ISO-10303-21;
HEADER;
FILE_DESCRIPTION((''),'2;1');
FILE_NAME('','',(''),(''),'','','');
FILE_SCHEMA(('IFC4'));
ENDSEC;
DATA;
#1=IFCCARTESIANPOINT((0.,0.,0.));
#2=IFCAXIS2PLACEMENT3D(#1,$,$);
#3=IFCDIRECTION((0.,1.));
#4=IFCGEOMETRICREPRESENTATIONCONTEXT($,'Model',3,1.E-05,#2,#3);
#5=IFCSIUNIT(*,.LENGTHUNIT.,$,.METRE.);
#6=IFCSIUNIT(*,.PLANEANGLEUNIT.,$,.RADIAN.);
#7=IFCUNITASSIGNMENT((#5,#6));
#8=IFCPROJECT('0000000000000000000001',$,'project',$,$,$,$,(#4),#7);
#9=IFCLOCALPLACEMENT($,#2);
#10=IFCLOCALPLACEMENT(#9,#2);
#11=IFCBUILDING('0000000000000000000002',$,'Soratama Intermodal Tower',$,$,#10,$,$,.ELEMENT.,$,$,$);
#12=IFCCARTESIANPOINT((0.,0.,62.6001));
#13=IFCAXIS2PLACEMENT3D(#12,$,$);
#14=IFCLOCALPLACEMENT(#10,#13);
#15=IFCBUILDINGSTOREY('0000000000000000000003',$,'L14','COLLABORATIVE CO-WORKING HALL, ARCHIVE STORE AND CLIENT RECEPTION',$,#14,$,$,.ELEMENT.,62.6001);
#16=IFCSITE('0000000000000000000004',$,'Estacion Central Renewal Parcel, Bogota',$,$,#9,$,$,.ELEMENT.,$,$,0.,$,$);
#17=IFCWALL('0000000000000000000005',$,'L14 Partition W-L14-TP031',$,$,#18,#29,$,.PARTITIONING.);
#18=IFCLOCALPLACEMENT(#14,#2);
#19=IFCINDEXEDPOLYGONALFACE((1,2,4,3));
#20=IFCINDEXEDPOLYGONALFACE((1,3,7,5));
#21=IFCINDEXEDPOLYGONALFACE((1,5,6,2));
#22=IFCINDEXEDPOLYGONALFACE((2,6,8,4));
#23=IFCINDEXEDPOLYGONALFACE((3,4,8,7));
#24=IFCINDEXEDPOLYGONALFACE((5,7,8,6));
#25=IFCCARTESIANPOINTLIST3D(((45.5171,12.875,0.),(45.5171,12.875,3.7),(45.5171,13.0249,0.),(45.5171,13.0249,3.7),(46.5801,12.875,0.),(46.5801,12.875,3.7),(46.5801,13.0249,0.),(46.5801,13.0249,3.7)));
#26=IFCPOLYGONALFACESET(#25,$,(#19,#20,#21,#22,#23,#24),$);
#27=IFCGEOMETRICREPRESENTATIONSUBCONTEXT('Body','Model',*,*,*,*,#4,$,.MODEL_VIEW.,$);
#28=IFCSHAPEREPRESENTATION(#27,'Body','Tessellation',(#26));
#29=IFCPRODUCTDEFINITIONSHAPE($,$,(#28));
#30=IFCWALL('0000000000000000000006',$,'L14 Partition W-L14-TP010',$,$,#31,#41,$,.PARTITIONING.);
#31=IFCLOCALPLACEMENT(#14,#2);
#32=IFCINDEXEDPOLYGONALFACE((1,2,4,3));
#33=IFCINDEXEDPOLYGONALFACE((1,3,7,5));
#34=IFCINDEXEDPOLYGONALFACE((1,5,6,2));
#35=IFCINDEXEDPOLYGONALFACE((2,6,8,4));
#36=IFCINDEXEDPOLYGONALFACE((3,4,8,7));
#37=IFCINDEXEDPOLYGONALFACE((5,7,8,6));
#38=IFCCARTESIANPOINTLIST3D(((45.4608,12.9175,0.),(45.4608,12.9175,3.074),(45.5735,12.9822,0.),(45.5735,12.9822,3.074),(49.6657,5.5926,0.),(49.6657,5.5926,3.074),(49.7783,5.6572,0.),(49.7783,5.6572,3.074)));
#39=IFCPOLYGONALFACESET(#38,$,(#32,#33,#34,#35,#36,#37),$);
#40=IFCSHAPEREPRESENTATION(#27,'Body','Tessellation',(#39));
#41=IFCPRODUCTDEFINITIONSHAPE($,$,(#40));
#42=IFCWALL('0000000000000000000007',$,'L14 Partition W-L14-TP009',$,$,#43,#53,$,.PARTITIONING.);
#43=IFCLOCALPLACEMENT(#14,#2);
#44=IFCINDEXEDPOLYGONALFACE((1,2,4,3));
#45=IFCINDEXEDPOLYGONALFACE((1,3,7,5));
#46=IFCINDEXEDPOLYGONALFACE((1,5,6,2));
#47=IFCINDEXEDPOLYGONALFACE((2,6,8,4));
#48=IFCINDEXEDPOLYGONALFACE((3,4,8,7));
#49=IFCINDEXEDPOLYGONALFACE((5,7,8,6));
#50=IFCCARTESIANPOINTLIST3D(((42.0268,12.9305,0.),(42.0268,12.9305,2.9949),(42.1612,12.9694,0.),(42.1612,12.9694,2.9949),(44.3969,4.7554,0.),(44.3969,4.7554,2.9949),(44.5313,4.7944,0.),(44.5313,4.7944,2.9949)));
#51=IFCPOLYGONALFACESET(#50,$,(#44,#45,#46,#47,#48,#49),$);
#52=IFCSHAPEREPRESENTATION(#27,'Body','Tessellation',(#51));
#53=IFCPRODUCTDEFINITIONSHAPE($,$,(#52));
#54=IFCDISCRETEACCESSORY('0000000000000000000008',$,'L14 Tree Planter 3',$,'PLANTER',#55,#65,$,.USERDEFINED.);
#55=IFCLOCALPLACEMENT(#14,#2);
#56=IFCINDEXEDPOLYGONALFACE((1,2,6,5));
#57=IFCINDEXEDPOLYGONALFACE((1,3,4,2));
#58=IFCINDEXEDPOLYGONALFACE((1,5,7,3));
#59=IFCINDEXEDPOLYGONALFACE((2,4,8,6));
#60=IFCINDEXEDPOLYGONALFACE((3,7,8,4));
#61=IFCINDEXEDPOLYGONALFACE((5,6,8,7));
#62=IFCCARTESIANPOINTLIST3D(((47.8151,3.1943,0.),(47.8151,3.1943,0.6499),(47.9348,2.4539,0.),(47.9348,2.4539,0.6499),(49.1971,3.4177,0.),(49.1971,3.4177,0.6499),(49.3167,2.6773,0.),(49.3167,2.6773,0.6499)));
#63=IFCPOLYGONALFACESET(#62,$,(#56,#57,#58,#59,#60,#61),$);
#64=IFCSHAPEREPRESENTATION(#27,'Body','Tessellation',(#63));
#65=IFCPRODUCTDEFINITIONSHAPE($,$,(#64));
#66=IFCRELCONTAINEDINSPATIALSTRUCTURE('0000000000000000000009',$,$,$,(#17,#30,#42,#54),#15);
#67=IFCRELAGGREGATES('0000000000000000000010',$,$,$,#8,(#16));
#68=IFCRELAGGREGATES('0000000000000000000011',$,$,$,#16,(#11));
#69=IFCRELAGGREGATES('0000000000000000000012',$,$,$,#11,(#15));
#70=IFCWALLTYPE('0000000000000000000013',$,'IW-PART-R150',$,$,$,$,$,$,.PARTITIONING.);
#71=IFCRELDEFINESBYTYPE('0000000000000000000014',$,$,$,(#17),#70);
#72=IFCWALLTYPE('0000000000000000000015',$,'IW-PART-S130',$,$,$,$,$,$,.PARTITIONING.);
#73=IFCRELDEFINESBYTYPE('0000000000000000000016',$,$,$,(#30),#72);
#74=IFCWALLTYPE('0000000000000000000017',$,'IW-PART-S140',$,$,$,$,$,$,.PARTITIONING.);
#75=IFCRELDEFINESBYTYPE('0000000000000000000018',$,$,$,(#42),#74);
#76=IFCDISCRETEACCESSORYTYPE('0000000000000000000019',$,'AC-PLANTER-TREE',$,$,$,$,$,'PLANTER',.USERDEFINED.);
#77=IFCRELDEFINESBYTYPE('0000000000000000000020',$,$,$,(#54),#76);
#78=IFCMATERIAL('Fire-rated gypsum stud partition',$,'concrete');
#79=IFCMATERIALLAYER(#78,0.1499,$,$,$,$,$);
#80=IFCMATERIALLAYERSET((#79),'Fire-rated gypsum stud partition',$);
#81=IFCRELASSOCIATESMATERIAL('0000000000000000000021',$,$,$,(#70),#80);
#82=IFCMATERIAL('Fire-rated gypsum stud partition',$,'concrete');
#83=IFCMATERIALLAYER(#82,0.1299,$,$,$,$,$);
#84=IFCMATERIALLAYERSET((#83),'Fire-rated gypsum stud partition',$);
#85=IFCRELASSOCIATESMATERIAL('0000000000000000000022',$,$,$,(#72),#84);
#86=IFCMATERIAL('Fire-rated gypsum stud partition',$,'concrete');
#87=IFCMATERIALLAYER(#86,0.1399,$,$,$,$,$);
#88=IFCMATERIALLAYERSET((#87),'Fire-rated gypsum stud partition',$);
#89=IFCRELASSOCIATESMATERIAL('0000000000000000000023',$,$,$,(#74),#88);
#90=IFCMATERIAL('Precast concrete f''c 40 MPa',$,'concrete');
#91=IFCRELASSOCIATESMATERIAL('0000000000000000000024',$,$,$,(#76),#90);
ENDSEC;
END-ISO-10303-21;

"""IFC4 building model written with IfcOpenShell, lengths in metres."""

from ifc_helpers import new_model, si_unit, direction, frame, frame_2d, origin, origin_2d, place, context, subcontext, project, spatial, rectangle, extrude, material, layer, layer_set, type_object, element, save


model = new_model("IFC4")

# Units and contexts
model_context = context("Model", 3, precision=1e-05, world=origin(), true_north=direction((0.0, 1.0)))
body_context = subcontext(model_context, "Body", "Model", "MODEL_VIEW")
ifc_project = project(units=[si_unit("LENGTHUNIT", "METRE"), si_unit("PLANEANGLEUNIT", "RADIAN")], contexts=[model_context])

# Site, building, storey
site_placement = place(None, origin())
site = spatial("IfcSite", under=ifc_project, at=site_placement, Name="Estacion Central Renewal Parcel, Bogota", CompositionType="ELEMENT", RefElevation=0.0)
building_placement = place(site_placement, origin())
building = spatial("IfcBuilding", under=site, at=building_placement, Name="Soratama Intermodal Tower", CompositionType="ELEMENT")
storey_placement = place(building_placement, frame((0.0, 0.0, 62.6001)))
storey = spatial("IfcBuildingStorey", under=building, at=storey_placement, Name="L14", Description="COLLABORATIVE CO-WORKING HALL, ARCHIVE STORE AND CLIENT RECEPTION", CompositionType="ELEMENT", Elevation=62.6001)

# Shared definitions
ifc_material_1 = material(Name="Fire-rated gypsum stud partition", Category="concrete")
ifc_layer_1 = layer(ifc_material_1, 0.1499)
ifc_layer_set_1 = layer_set([ifc_layer_1], Name="Fire-rated gypsum stud partition")
wall_type_1 = type_object("IfcWallType", Name="IW-PART-R150", PredefinedType="PARTITIONING", material=ifc_layer_set_1)

# Walls
wall_1_placement = place(storey_placement, frame((46.5801, 12.95, 0.0), z_axis=(0.0, 0.0, 1.0), x_axis=(-1.0, 0.0, 0.0)))
element("IfcWall", 1, at=wall_1_placement, inside=storey, type_object=wall_type_1, Name="L14 Partition W-L14-TP031", PredefinedType="PARTITIONING", context=body_context, shape_type="SweptSolid", body=[
    extrude(rectangle(XDim=1.063, YDim=0.1499, at=frame_2d((0.5315, 0.0))), origin(), (0.0, 0.0, 1.0), 3.7),
])
ifc_material_2 = material(Name="Fire-rated gypsum stud partition", Category="concrete")
ifc_layer_2 = layer(ifc_material_2, 0.1299)
ifc_layer_set_2 = layer_set([ifc_layer_2], Name="Fire-rated gypsum stud partition")
wall_type_2 = type_object("IfcWallType", Name="IW-PART-S130", PredefinedType="PARTITIONING", material=ifc_layer_set_2)
wall_2_placement = place(storey_placement, frame((45.5171, 12.95, 0.0), z_axis=(0.0, 0.0, 1.0), x_axis=(0.497847, -0.867265, 0.0)))
element("IfcWall", 2, at=wall_2_placement, inside=storey, type_object=wall_type_2, Name="L14 Partition W-L14-TP010", PredefinedType="PARTITIONING", context=body_context, shape_type="SweptSolid", body=[
    extrude(rectangle(XDim=8.446, YDim=0.1299, at=frame_2d((4.2231, 0.0))), origin(), (0.0, 0.0, 1.0), 3.074),
])
ifc_material_3 = material(Name="Fire-rated gypsum stud partition", Category="concrete")
ifc_layer_3 = layer(ifc_material_3, 0.1399)
ifc_layer_set_3 = layer_set([ifc_layer_3], Name="Fire-rated gypsum stud partition")
wall_type_3 = type_object("IfcWallType", Name="IW-PART-S140", PredefinedType="PARTITIONING", material=ifc_layer_set_3)
wall_3_placement = place(storey_placement, frame((42.094, 12.95, 0.0), z_axis=(0.0, 0.0, 1.0), x_axis=(0.278454, -0.960449, 0.0)))
element("IfcWall", 3, at=wall_3_placement, inside=storey, type_object=wall_type_3, Name="L14 Partition W-L14-TP009", PredefinedType="PARTITIONING", context=body_context, shape_type="SweptSolid", body=[
    extrude(rectangle(XDim=8.5117, YDim=0.1399, at=frame_2d((4.2559, 0.0))), origin(), (0.0, 0.0, 1.0), 2.9949),
])

# Discrete accessory
ifc_material_4 = material(Name="Precast concrete f'c 40 MPa", Category="concrete")
discrete_accessory_type = type_object("IfcDiscreteAccessoryType", Name="AC-PLANTER-TREE", ElementType="PLANTER", PredefinedType="USERDEFINED", material=ifc_material_4)
discrete_accessory_placement = place(storey_placement, frame((48.5659, 2.9358, 0.0), z_axis=(0.0, 0.0, 1.0), x_axis=(0.159537, -0.987192, 0.0)))
element("IfcDiscreteAccessory", 4, at=discrete_accessory_placement, inside=storey, type_object=discrete_accessory_type, Name="L14 Tree Planter 3", ObjectType="PLANTER", PredefinedType="USERDEFINED", context=body_context, shape_type="SweptSolid", body=[
    extrude(rectangle(XDim=0.75, YDim=1.3999, at=origin_2d()), origin(), (0.0, 0.0, 1.0), 0.6499),
])

save(model, "model.ifc")
